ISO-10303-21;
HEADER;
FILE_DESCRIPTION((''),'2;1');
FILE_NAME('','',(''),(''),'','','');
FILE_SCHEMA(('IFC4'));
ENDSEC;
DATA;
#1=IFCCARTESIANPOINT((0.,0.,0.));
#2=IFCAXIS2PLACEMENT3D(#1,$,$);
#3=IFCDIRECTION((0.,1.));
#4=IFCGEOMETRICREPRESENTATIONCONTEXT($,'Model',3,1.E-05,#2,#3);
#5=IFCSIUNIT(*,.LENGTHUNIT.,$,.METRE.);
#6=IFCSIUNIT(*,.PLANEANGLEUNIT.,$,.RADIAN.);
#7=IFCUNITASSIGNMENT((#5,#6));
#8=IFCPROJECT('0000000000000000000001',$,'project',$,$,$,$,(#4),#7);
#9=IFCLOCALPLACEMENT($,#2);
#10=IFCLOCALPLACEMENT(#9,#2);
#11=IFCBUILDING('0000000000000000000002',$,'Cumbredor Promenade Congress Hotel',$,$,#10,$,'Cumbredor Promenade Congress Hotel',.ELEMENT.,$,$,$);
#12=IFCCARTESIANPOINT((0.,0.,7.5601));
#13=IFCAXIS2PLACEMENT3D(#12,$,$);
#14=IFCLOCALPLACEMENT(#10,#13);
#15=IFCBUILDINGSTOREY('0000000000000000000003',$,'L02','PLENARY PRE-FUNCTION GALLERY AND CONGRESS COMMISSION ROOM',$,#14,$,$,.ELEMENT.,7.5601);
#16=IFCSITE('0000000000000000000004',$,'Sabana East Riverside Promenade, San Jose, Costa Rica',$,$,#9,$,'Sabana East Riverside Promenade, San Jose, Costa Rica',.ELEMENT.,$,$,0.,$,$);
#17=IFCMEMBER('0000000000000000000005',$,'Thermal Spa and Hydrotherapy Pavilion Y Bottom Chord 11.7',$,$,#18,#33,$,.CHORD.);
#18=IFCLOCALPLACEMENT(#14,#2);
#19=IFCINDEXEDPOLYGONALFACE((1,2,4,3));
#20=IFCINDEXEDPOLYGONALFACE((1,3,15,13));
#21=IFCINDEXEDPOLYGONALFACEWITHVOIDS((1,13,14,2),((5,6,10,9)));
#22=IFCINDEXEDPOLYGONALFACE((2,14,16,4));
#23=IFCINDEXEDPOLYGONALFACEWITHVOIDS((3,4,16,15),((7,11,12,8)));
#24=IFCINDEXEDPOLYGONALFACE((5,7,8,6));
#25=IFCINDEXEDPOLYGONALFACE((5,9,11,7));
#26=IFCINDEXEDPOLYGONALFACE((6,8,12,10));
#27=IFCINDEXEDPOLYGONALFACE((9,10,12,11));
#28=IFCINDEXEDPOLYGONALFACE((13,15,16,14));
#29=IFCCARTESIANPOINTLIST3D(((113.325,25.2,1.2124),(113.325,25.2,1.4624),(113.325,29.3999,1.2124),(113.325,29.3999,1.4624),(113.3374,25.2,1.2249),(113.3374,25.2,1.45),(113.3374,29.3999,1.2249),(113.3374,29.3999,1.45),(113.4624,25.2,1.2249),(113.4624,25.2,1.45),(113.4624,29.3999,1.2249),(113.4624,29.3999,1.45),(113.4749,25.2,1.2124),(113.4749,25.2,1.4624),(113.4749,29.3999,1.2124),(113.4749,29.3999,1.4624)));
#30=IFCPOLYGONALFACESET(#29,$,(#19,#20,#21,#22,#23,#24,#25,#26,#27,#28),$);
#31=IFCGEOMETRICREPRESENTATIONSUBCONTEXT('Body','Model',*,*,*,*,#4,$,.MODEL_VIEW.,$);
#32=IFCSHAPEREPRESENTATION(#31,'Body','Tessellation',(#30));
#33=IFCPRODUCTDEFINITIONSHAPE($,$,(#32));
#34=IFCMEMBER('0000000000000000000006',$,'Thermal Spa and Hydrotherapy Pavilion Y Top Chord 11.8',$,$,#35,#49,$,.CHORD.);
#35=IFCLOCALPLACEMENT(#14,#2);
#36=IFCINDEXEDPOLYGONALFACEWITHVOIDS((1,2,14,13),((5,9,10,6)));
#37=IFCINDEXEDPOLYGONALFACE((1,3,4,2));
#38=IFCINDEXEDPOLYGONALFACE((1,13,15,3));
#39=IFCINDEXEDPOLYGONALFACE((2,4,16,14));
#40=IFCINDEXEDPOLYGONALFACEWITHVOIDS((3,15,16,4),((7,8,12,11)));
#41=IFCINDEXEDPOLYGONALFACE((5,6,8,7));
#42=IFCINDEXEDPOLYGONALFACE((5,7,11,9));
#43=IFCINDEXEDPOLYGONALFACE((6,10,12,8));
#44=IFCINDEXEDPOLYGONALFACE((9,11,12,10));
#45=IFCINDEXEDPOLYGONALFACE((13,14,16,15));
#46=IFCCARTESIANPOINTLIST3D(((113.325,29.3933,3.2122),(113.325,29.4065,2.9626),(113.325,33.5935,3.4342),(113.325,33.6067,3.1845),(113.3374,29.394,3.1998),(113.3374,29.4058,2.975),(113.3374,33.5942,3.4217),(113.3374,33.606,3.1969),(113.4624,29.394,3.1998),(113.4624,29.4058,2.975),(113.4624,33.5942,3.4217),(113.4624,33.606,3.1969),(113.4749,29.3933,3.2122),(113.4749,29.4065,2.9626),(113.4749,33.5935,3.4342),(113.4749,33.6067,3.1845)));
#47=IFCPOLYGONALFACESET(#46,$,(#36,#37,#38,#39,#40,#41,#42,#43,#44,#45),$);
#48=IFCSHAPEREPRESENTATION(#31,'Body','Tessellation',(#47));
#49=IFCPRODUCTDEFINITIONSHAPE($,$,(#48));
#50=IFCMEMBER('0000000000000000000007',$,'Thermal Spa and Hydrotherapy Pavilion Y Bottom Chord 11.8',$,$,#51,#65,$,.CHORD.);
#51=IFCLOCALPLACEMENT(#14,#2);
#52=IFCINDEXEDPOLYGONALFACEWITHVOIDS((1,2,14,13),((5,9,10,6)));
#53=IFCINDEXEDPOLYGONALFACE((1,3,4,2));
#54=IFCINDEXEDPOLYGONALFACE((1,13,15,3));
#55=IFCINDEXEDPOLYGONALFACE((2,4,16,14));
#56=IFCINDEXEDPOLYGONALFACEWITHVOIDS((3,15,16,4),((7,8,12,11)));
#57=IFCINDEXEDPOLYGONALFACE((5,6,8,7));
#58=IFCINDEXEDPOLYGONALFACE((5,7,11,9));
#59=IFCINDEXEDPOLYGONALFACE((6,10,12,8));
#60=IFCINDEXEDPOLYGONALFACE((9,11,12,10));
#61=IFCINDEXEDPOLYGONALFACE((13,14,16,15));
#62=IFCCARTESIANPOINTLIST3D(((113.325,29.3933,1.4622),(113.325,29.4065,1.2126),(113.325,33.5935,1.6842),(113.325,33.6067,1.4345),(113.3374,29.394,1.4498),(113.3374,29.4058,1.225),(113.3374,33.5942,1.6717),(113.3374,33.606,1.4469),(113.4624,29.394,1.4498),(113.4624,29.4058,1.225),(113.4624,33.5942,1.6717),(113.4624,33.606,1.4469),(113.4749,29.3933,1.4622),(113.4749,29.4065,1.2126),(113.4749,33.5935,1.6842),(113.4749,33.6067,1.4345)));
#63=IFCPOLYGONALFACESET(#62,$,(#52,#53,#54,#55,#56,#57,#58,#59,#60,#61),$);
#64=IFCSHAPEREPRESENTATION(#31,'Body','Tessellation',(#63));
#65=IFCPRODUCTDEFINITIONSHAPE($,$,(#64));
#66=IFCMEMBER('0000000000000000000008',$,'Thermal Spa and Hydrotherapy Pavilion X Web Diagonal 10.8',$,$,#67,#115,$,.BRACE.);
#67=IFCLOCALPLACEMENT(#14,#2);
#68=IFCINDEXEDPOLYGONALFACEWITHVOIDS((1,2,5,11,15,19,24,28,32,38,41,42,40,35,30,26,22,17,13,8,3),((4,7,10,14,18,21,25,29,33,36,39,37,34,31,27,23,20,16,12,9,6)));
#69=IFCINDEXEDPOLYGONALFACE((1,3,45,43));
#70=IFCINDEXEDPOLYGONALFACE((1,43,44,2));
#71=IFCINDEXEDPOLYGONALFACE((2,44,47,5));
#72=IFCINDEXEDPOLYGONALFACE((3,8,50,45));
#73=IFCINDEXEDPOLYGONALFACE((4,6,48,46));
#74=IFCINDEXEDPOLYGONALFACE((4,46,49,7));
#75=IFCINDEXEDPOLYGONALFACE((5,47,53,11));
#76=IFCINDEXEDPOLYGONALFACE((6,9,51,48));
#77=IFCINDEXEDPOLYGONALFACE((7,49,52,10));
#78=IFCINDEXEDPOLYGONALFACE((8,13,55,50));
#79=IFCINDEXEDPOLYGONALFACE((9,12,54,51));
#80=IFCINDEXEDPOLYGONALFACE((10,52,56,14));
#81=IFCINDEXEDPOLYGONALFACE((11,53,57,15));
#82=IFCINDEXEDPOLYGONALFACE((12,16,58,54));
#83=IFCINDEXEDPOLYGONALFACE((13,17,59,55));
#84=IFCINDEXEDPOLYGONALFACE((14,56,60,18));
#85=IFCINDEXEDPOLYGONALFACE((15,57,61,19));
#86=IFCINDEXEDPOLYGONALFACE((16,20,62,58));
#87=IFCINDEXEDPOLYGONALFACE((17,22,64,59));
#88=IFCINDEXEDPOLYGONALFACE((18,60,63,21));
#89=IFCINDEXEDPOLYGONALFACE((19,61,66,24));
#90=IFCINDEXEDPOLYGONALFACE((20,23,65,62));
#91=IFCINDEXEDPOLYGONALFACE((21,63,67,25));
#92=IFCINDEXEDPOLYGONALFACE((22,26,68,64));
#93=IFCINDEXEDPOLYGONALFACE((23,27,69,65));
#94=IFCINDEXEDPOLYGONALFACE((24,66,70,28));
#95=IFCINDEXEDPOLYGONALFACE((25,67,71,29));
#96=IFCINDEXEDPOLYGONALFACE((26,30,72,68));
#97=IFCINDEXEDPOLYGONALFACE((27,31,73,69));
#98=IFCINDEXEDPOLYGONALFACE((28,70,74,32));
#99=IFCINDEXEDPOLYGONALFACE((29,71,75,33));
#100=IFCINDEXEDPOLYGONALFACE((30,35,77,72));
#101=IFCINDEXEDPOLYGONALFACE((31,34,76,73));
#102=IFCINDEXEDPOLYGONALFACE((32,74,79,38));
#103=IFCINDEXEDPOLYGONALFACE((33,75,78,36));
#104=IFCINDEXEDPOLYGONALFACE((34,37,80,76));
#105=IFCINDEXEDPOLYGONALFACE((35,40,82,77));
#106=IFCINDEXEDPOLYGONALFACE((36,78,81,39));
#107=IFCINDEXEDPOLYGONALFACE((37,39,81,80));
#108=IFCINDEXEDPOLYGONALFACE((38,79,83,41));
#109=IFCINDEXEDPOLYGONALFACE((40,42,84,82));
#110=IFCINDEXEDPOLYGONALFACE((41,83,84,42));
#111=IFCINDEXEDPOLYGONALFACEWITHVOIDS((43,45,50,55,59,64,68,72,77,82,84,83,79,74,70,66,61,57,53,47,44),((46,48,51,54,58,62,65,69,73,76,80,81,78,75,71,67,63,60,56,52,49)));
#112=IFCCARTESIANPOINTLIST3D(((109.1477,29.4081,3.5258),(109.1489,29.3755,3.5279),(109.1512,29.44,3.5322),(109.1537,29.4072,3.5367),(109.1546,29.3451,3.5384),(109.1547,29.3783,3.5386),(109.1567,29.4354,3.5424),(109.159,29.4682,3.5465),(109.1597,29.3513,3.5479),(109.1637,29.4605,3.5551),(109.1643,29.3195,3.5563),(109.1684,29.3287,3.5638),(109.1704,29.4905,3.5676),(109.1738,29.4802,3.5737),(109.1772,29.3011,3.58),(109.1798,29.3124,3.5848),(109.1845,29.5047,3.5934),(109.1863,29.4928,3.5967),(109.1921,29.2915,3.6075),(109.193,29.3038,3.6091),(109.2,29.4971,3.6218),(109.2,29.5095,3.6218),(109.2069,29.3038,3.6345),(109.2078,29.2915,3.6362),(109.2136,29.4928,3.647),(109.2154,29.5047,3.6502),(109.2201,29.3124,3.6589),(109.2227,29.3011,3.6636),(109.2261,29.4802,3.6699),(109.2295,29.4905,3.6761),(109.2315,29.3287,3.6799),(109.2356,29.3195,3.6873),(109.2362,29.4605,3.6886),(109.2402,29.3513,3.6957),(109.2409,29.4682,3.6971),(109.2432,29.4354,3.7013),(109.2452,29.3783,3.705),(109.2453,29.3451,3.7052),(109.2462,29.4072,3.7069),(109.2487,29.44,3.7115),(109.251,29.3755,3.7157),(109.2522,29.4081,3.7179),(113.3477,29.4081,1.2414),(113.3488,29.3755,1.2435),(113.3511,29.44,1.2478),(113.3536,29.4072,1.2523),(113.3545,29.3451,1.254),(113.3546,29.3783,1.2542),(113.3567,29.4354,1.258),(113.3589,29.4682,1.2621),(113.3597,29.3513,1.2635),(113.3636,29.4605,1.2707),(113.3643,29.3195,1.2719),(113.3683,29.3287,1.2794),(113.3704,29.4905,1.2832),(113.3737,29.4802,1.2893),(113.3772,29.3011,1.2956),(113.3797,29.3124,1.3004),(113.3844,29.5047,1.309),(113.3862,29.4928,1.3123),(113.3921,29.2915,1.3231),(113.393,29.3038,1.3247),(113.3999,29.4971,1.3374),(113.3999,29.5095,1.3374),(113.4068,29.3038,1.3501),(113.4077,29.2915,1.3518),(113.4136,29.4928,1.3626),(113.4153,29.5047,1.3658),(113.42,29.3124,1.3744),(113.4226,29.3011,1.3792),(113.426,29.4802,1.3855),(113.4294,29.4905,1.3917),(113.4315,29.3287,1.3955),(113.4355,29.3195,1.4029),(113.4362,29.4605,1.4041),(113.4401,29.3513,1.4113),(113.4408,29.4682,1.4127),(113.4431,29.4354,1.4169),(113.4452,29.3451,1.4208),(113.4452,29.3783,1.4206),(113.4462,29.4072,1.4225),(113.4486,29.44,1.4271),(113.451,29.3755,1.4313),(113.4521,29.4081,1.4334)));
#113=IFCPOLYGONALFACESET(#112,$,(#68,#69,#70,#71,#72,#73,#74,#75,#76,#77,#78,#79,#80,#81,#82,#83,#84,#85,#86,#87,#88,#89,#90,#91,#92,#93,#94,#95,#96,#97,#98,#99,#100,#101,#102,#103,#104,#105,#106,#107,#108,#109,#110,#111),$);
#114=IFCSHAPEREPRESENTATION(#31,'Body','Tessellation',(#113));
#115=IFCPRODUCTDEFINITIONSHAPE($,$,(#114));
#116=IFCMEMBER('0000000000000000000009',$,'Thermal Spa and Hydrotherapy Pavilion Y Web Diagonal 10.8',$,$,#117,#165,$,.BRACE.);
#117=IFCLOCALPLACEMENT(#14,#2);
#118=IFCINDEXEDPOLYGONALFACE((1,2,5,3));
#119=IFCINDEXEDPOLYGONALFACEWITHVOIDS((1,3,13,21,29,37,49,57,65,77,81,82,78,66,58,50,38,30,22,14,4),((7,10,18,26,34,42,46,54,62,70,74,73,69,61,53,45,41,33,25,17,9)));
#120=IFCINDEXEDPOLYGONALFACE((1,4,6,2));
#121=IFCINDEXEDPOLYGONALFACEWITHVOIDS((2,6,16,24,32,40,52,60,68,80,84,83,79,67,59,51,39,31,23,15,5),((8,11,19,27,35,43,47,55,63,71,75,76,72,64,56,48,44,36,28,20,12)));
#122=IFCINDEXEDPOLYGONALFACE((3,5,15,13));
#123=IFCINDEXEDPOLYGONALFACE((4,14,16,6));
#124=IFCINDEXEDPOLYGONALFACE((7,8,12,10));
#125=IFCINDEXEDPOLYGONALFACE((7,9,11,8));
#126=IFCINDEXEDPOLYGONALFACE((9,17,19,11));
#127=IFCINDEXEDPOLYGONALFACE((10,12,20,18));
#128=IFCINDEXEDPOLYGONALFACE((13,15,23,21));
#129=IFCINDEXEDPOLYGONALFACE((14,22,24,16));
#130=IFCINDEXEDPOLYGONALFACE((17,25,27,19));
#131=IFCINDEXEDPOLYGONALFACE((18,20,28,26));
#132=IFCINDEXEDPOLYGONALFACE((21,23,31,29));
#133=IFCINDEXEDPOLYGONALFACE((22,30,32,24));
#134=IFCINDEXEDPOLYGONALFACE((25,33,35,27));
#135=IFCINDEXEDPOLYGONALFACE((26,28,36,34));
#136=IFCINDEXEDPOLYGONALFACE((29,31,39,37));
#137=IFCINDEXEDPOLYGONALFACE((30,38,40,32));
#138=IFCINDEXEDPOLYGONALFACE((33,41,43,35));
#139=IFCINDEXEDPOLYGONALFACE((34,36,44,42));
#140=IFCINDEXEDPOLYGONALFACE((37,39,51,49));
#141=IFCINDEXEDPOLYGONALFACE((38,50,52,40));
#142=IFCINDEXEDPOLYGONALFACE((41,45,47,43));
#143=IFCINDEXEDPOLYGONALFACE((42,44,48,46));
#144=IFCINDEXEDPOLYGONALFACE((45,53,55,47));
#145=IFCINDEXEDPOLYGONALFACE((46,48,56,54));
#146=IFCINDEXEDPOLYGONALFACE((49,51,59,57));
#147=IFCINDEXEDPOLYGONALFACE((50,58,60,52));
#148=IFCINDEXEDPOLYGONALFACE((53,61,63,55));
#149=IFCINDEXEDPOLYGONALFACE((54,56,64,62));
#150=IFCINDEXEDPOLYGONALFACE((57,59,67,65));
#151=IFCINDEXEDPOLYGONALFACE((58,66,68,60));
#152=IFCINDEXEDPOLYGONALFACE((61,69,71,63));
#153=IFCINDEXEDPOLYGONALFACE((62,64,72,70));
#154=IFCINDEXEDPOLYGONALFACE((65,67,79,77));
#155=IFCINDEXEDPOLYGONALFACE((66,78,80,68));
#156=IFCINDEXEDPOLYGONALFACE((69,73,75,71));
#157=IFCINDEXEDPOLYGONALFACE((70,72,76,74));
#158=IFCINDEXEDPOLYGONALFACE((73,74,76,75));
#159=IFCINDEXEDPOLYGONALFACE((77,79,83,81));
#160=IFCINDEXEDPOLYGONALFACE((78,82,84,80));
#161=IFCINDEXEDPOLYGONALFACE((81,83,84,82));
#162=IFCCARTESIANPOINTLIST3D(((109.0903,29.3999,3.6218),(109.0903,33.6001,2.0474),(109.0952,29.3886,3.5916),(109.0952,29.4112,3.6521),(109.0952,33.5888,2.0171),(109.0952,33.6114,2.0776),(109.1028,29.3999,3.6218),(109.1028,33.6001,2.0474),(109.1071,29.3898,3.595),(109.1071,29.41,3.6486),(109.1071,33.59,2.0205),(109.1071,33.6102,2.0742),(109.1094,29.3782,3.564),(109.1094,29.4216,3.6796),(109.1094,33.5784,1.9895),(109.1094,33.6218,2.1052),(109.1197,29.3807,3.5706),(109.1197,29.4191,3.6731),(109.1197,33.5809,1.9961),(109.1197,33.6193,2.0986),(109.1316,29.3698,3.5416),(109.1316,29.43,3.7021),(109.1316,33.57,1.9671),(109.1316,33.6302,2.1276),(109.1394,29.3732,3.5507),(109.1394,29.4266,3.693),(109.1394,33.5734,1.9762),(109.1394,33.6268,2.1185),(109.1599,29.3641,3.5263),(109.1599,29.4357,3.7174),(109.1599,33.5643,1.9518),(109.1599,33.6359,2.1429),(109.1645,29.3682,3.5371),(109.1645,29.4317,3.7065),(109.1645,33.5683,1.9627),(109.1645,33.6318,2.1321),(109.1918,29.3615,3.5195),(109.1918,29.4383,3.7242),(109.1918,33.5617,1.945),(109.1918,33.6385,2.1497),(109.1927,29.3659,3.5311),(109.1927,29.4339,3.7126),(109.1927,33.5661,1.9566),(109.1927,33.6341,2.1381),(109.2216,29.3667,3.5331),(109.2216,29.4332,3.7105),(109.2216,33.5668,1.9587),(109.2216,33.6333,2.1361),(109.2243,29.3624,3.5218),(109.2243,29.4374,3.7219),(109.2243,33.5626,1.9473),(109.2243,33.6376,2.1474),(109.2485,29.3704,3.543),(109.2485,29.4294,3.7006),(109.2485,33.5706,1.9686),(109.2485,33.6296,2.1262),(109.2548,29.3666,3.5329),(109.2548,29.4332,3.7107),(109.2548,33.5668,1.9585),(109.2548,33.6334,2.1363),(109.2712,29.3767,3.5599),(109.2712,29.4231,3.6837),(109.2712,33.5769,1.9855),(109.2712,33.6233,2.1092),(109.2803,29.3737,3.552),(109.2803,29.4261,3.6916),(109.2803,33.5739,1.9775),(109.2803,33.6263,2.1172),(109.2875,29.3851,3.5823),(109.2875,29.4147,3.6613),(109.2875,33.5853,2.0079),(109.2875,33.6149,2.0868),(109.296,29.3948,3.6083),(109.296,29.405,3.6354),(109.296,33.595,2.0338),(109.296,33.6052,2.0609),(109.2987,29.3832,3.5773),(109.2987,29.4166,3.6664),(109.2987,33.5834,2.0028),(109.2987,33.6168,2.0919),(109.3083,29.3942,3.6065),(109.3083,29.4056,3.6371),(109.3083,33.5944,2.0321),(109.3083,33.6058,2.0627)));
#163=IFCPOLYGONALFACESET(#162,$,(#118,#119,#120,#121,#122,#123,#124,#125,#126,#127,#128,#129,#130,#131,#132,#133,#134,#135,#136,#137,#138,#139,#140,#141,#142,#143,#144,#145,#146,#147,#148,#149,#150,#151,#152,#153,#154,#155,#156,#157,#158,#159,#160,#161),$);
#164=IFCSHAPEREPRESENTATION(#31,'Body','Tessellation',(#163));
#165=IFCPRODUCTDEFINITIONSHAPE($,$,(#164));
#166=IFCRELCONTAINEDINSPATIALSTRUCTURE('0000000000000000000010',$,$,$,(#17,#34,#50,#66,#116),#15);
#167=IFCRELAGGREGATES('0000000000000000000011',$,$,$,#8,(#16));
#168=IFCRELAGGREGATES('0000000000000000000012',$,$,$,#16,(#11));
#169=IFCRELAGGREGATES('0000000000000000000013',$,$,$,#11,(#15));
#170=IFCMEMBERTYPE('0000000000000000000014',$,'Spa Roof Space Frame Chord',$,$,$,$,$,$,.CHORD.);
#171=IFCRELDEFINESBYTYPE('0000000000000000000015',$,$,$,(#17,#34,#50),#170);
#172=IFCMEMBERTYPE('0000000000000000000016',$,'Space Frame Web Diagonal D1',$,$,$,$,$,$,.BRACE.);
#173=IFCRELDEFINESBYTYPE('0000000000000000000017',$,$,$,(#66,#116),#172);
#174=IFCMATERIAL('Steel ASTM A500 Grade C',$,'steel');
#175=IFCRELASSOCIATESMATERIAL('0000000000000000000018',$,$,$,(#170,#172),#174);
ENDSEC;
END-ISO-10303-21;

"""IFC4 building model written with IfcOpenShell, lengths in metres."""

from ifc_helpers import new_model, si_unit, direction, frame, origin, origin_2d, place, context, subcontext, project, spatial, hollow_rectangle, hollow_circle, extrude, material, material_profile, profile_set, type_object, element, save


model = new_model("IFC4")

# Units and contexts
model_context = context("Model", 3, precision=1e-05, world=origin(), true_north=direction((0.0, 1.0)))
body_context = subcontext(model_context, "Body", "Model", "MODEL_VIEW")
ifc_project = project(units=[si_unit("LENGTHUNIT", "METRE"), si_unit("PLANEANGLEUNIT", "RADIAN")], contexts=[model_context])

# Site, building, storey
site_placement = place(None, origin())
site = spatial("IfcSite", under=ifc_project, at=site_placement, Name="Sabana East Riverside Promenade, San Jose, Costa Rica", LongName="Sabana East Riverside Promenade, San Jose, Costa Rica", CompositionType="ELEMENT", RefElevation=0.0)
building_placement = place(site_placement, origin())
building = spatial("IfcBuilding", under=site, at=building_placement, Name="Cumbredor Promenade Congress Hotel", LongName="Cumbredor Promenade Congress Hotel", CompositionType="ELEMENT")
storey_placement = place(building_placement, frame((0.0, 0.0, 7.5601)))
storey = spatial("IfcBuildingStorey", under=building, at=storey_placement, Name="L02", Description="PLENARY PRE-FUNCTION GALLERY AND CONGRESS COMMISSION ROOM", CompositionType="ELEMENT", Elevation=7.5601)

# Members
ifc_material_1 = material(Name="Steel ASTM A500 Grade C", Category="steel")
ifc_material_profile_1 = material_profile(ifc_material_1, hollow_rectangle(XDim=0.1499, YDim=0.25, WallThickness=0.0125, at=origin_2d()), Name="HSS 250x150x12.5")
ifc_profile_set_1 = profile_set([ifc_material_profile_1], Name="Steel ASTM A500 Grade C")
member_type_1 = type_object("IfcMemberType", Name="Spa Roof Space Frame Chord", PredefinedType="CHORD", material=ifc_profile_set_1)
for number, where, z_axis, x_axis, name in (
    (1, (113.3999, 25.2, 1.3374), (0.0, 1.0, 0.0), (-1.0, 0.0, 0.0), "Thermal Spa and Hydrotherapy Pavilion Y Bottom Chord 11.7"),
):
    element("IfcMember", number, at=place(storey_placement, frame(where, z_axis=z_axis, x_axis=x_axis)), inside=storey, type_object=member_type_1, Name=name, PredefinedType="CHORD", context=body_context, shape_type="SweptSolid", body=[
        extrude(hollow_rectangle(XDim=0.1499, YDim=0.25, WallThickness=0.0125, at=origin_2d()), origin(), (0.0, 0.0, 1.0), 4.2),
    ])
for number, where, z_axis, x_axis, name in (
    (2, (113.3999, 29.3999, 3.0874), (0.0, 0.998607, 0.052763), (-1.0, 0.0, 0.0), "Thermal Spa and Hydrotherapy Pavilion Y Top Chord 11.8"),
    (3, (113.3999, 29.3999, 1.3374), (0.0, 0.998607, 0.052763), (-1.0, 0.0, 0.0), "Thermal Spa and Hydrotherapy Pavilion Y Bottom Chord 11.8"),
):
    element("IfcMember", number, at=place(storey_placement, frame(where, z_axis=z_axis, x_axis=x_axis)), inside=storey, type_object=member_type_1, Name=name, PredefinedType="CHORD", context=body_context, shape_type="SweptSolid", body=[
        extrude(hollow_rectangle(XDim=0.1499, YDim=0.25, WallThickness=0.0125, at=origin_2d()), origin(), (0.0, 0.0, 1.0), 4.2061),
    ])
ifc_material_profile_2 = material_profile(ifc_material_1, hollow_circle(Radius=0.1096, WallThickness=0.0125, at=origin_2d()), Name="CHS 219.1x12.5")
ifc_profile_set_2 = profile_set([ifc_material_profile_2], Name="Steel ASTM A500 Grade C")
member_type_2 = type_object("IfcMemberType", Name="Space Frame Web Diagonal D1", PredefinedType="BRACE", material=ifc_profile_set_2)
member_1_placement = place(storey_placement, frame((109.2, 29.3999, 3.6218), z_axis=(0.878463, 0.0, -0.477811), x_axis=(0.0, 1.0, 0.0)))
element("IfcMember", 4, at=member_1_placement, inside=storey, type_object=member_type_2, Name="Thermal Spa and Hydrotherapy Pavilion X Web Diagonal 10.8", PredefinedType="BRACE", context=body_context, shape_type="SweptSolid", body=[
    extrude(hollow_circle(Radius=0.1096, WallThickness=0.0125, at=origin_2d()), origin(), (0.0, 0.0, 1.0), 4.781),
])
member_2_placement = place(storey_placement, frame((109.2, 29.3999, 3.6218), z_axis=(0.0, 0.936374, -0.351004), x_axis=(-1.0, 0.0, 0.0)))
element("IfcMember", 5, at=member_2_placement, inside=storey, type_object=member_type_2, Name="Thermal Spa and Hydrotherapy Pavilion Y Web Diagonal 10.8", PredefinedType="BRACE", context=body_context, shape_type="SweptSolid", body=[
    extrude(hollow_circle(Radius=0.1096, WallThickness=0.0125, at=origin_2d()), origin(), (0.0, 0.0, 1.0), 4.4856),
])

save(model, "model.ifc")
